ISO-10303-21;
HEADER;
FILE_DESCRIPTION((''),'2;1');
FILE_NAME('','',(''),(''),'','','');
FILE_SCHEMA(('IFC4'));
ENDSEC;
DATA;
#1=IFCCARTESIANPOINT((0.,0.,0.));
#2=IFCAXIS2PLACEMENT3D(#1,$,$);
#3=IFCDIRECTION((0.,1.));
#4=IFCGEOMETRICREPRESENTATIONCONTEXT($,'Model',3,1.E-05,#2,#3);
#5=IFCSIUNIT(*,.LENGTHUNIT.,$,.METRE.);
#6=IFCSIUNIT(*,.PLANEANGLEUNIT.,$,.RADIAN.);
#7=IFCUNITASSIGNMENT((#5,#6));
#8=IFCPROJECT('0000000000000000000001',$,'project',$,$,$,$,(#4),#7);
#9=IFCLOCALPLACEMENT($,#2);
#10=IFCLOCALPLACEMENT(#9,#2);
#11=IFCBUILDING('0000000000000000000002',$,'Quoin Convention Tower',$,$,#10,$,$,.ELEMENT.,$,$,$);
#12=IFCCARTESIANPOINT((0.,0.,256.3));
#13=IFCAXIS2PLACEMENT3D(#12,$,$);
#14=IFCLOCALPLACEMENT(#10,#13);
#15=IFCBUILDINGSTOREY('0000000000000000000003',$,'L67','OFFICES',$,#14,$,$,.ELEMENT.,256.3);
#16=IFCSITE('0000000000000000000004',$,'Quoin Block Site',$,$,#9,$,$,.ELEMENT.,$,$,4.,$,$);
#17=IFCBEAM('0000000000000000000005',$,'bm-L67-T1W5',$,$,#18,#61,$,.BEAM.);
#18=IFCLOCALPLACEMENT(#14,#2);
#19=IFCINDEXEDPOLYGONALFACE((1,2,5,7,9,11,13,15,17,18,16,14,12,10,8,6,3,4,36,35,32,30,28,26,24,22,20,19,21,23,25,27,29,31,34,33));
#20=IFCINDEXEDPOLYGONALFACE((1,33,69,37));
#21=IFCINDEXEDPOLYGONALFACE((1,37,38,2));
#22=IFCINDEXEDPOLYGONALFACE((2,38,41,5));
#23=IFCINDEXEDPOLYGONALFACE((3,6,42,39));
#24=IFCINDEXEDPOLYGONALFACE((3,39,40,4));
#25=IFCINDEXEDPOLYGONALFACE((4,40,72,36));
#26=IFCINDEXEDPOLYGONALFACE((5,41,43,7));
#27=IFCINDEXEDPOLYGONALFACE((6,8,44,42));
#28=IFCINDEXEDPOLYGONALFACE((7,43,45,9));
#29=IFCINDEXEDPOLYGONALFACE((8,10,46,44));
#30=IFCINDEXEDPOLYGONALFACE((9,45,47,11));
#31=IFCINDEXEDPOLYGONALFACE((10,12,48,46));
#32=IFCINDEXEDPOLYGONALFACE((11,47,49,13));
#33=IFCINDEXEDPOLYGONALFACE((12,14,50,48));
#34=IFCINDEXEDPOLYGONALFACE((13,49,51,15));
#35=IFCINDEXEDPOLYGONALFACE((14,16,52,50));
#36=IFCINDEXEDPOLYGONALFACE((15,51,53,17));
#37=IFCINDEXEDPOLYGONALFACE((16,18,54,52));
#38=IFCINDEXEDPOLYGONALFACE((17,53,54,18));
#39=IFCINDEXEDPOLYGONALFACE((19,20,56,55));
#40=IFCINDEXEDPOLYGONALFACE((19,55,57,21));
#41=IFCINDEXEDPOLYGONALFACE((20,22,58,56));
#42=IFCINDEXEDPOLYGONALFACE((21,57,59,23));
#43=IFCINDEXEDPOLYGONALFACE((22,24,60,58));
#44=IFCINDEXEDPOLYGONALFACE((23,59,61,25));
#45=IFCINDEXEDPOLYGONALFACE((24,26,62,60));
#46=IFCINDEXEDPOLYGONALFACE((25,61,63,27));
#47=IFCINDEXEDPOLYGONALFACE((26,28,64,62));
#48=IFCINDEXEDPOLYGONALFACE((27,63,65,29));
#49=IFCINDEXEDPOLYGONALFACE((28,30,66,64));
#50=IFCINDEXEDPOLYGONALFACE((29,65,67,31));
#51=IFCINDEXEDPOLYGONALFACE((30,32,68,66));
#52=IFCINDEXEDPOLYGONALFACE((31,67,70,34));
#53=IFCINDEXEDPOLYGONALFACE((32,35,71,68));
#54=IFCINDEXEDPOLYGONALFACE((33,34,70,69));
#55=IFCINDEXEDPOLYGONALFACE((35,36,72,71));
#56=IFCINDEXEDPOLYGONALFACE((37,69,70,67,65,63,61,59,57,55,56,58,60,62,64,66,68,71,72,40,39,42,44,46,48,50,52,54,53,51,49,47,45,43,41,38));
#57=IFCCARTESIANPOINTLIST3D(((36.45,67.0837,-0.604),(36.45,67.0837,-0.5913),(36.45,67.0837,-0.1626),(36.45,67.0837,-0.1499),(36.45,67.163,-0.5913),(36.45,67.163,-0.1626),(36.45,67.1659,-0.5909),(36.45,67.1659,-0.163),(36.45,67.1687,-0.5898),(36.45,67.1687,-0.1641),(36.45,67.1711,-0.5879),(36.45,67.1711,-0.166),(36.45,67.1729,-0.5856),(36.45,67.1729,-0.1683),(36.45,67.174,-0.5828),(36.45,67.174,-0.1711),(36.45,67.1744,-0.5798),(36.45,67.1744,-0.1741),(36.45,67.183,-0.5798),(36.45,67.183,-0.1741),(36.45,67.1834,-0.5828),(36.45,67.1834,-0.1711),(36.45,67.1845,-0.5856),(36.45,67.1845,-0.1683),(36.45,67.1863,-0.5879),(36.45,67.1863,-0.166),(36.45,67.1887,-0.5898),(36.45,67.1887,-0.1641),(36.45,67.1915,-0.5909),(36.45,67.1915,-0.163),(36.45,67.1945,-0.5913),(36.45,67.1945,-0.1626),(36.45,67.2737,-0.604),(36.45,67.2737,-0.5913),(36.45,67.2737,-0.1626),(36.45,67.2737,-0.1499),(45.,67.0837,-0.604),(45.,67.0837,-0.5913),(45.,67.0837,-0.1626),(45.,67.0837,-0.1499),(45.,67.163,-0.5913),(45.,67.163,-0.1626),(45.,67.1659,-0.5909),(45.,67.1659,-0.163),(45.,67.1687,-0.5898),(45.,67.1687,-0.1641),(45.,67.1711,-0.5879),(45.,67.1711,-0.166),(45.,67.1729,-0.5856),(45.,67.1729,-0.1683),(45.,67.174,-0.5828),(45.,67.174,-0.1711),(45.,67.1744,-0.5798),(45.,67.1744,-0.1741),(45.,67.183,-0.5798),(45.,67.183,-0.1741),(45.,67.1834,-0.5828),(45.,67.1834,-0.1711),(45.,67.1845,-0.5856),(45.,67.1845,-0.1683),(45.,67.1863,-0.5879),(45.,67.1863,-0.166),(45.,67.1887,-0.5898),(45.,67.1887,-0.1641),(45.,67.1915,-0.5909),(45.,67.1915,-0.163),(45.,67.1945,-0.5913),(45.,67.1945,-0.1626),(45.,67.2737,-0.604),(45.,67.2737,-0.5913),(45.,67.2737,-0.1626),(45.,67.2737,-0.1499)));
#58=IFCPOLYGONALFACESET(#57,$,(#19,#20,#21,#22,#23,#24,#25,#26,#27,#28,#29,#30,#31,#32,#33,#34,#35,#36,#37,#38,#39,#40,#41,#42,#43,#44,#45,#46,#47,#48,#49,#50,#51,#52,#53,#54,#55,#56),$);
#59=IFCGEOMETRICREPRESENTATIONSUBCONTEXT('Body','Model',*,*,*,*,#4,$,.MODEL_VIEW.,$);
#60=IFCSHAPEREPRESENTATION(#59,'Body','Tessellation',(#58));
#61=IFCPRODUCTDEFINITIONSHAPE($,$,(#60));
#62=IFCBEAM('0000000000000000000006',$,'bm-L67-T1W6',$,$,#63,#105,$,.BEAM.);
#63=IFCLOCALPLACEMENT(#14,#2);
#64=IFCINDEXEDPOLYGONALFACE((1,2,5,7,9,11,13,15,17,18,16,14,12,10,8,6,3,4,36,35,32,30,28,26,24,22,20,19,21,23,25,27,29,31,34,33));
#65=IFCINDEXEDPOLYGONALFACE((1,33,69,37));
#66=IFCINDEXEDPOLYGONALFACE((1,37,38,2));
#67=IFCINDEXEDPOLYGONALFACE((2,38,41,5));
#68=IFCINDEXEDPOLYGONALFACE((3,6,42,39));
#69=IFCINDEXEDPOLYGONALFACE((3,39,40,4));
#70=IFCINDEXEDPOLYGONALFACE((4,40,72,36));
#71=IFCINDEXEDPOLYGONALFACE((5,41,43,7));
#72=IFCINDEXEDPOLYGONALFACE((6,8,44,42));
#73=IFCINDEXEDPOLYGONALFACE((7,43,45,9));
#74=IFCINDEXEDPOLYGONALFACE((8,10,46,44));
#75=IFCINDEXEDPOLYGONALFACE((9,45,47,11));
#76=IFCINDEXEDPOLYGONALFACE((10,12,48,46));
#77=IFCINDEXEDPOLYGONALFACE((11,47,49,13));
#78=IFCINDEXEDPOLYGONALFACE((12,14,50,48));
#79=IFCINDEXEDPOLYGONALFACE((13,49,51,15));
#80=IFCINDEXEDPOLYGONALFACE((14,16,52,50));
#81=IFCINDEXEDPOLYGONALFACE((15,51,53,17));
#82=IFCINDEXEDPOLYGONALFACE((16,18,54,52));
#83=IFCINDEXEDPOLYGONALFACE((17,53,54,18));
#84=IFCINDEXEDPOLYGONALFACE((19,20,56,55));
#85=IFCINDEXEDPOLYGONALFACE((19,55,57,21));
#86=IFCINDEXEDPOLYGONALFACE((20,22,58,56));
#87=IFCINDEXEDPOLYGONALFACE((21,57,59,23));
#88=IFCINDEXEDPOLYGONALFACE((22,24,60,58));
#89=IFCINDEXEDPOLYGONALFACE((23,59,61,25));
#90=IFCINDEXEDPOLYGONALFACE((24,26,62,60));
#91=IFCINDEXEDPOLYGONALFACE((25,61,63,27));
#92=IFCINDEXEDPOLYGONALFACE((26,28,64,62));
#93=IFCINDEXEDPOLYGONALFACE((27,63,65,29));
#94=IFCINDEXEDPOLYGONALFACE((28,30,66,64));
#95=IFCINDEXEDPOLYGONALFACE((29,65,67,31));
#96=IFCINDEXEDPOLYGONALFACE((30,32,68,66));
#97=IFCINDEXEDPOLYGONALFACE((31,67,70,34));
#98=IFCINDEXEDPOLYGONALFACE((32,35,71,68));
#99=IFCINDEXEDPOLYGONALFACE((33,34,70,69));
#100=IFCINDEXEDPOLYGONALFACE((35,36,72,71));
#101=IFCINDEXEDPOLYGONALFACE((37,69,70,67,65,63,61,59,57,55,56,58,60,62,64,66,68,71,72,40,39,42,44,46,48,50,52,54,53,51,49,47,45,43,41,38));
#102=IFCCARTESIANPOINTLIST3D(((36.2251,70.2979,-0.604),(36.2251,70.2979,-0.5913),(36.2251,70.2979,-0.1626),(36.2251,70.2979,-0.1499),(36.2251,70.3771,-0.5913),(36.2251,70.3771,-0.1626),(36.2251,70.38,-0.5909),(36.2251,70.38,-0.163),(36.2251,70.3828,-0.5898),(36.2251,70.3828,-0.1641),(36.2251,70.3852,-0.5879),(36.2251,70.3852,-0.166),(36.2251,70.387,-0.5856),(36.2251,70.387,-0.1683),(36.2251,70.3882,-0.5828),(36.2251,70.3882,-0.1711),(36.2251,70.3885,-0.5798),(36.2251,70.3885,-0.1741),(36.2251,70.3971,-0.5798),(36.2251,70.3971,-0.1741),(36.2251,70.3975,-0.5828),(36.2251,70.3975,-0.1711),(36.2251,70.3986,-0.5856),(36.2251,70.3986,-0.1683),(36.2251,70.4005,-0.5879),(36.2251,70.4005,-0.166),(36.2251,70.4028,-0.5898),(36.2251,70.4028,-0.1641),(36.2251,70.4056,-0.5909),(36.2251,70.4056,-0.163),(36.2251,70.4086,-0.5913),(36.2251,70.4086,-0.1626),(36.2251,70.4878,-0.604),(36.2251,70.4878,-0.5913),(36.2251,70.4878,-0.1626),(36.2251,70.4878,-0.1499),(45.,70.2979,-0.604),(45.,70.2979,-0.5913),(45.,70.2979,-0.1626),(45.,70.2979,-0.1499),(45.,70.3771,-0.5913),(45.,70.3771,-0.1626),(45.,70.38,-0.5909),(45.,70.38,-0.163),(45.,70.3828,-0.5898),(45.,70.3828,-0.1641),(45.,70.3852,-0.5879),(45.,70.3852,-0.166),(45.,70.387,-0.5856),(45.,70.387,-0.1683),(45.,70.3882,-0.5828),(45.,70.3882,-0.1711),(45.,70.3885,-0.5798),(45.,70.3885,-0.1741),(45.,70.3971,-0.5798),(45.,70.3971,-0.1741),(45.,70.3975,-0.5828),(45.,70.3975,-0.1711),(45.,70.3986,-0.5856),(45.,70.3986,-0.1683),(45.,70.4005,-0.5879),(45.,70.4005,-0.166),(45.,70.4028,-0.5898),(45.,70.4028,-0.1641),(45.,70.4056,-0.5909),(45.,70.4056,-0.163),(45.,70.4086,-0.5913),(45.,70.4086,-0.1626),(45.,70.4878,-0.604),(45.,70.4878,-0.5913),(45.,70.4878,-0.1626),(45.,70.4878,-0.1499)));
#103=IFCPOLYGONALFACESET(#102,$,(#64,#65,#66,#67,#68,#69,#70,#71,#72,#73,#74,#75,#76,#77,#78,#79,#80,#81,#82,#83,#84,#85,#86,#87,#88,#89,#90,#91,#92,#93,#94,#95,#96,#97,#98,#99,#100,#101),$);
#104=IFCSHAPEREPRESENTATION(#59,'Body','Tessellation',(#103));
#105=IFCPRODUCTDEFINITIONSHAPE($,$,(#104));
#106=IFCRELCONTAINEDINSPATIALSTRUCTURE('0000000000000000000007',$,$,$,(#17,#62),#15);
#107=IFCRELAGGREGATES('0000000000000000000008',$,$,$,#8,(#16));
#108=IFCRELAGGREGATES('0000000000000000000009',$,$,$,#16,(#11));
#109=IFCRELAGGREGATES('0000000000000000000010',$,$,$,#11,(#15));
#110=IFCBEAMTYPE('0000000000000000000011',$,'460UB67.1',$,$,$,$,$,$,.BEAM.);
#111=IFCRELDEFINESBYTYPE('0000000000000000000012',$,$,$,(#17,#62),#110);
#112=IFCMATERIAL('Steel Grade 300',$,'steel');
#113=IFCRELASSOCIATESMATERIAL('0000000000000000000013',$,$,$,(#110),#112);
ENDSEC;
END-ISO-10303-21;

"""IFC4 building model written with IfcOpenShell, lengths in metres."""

from ifc_helpers import new_model, si_unit, direction, frame, origin, origin_2d, place, context, subcontext, project, spatial, i_section, extrude, material, material_profile, profile_set, type_object, element, save


model = new_model("IFC4")

# Units and contexts
model_context = context("Model", 3, precision=1e-05, world=origin(), true_north=direction((0.0, 1.0)))
body_context = subcontext(model_context, "Body", "Model", "MODEL_VIEW")
ifc_project = project(units=[si_unit("LENGTHUNIT", "METRE"), si_unit("PLANEANGLEUNIT", "RADIAN")], contexts=[model_context])

# Site, building, storey
site_placement = place(None, origin())
site = spatial("IfcSite", under=ifc_project, at=site_placement, Name="Quoin Block Site", CompositionType="ELEMENT", RefElevation=4.0)
building_placement = place(site_placement, origin())
building = spatial("IfcBuilding", under=site, at=building_placement, Name="Quoin Convention Tower", CompositionType="ELEMENT")
storey_placement = place(building_placement, frame((0.0, 0.0, 256.3)))
storey = spatial("IfcBuildingStorey", under=building, at=storey_placement, Name="L67", Description="OFFICES", CompositionType="ELEMENT", Elevation=256.3)

# Beams
ifc_material_1 = material(Name="Steel Grade 300", Category="steel")
ifc_material_profile = material_profile(ifc_material_1, i_section(OverallWidth=0.1899, OverallDepth=0.4541, WebThickness=0.0085, FlangeThickness=0.0127, FilletRadius=0.0115, at=origin_2d()), Name="460UB67.1")
ifc_profile_set = profile_set([ifc_material_profile], Name="Steel Grade 300")
beam_type = type_object("IfcBeamType", Name="460UB67.1", PredefinedType="BEAM", material=ifc_profile_set)
beam_1_placement = place(storey_placement, frame((36.45, 67.1787, -0.377), z_axis=(1.0, 0.0, 0.0), x_axis=(0.0, 1.0, 0.0)))
element("IfcBeam", 1, at=beam_1_placement, inside=storey, type_object=beam_type, Name="bm-L67-T1W5", PredefinedType="BEAM", context=body_context, shape_type="SweptSolid", body=[
    extrude(i_section(OverallWidth=0.1899, OverallDepth=0.4541, WebThickness=0.0085, FlangeThickness=0.0127, FilletRadius=0.0115, at=origin_2d()), origin(), (0.0, 0.0, 1.0), 8.55),
])
beam_2_placement = place(storey_placement, frame((36.2251, 70.3928, -0.377), z_axis=(1.0, 0.0, 0.0), x_axis=(0.0, 1.0, 0.0)))
element("IfcBeam", 2, at=beam_2_placement, inside=storey, type_object=beam_type, Name="bm-L67-T1W6", PredefinedType="BEAM", context=body_context, shape_type="SweptSolid", body=[
    extrude(i_section(OverallWidth=0.1899, OverallDepth=0.4541, WebThickness=0.0085, FlangeThickness=0.0127, FilletRadius=0.0115, at=origin_2d()), origin(), (0.0, 0.0, 1.0), 8.7749),
])

save(model, "model.ifc")
